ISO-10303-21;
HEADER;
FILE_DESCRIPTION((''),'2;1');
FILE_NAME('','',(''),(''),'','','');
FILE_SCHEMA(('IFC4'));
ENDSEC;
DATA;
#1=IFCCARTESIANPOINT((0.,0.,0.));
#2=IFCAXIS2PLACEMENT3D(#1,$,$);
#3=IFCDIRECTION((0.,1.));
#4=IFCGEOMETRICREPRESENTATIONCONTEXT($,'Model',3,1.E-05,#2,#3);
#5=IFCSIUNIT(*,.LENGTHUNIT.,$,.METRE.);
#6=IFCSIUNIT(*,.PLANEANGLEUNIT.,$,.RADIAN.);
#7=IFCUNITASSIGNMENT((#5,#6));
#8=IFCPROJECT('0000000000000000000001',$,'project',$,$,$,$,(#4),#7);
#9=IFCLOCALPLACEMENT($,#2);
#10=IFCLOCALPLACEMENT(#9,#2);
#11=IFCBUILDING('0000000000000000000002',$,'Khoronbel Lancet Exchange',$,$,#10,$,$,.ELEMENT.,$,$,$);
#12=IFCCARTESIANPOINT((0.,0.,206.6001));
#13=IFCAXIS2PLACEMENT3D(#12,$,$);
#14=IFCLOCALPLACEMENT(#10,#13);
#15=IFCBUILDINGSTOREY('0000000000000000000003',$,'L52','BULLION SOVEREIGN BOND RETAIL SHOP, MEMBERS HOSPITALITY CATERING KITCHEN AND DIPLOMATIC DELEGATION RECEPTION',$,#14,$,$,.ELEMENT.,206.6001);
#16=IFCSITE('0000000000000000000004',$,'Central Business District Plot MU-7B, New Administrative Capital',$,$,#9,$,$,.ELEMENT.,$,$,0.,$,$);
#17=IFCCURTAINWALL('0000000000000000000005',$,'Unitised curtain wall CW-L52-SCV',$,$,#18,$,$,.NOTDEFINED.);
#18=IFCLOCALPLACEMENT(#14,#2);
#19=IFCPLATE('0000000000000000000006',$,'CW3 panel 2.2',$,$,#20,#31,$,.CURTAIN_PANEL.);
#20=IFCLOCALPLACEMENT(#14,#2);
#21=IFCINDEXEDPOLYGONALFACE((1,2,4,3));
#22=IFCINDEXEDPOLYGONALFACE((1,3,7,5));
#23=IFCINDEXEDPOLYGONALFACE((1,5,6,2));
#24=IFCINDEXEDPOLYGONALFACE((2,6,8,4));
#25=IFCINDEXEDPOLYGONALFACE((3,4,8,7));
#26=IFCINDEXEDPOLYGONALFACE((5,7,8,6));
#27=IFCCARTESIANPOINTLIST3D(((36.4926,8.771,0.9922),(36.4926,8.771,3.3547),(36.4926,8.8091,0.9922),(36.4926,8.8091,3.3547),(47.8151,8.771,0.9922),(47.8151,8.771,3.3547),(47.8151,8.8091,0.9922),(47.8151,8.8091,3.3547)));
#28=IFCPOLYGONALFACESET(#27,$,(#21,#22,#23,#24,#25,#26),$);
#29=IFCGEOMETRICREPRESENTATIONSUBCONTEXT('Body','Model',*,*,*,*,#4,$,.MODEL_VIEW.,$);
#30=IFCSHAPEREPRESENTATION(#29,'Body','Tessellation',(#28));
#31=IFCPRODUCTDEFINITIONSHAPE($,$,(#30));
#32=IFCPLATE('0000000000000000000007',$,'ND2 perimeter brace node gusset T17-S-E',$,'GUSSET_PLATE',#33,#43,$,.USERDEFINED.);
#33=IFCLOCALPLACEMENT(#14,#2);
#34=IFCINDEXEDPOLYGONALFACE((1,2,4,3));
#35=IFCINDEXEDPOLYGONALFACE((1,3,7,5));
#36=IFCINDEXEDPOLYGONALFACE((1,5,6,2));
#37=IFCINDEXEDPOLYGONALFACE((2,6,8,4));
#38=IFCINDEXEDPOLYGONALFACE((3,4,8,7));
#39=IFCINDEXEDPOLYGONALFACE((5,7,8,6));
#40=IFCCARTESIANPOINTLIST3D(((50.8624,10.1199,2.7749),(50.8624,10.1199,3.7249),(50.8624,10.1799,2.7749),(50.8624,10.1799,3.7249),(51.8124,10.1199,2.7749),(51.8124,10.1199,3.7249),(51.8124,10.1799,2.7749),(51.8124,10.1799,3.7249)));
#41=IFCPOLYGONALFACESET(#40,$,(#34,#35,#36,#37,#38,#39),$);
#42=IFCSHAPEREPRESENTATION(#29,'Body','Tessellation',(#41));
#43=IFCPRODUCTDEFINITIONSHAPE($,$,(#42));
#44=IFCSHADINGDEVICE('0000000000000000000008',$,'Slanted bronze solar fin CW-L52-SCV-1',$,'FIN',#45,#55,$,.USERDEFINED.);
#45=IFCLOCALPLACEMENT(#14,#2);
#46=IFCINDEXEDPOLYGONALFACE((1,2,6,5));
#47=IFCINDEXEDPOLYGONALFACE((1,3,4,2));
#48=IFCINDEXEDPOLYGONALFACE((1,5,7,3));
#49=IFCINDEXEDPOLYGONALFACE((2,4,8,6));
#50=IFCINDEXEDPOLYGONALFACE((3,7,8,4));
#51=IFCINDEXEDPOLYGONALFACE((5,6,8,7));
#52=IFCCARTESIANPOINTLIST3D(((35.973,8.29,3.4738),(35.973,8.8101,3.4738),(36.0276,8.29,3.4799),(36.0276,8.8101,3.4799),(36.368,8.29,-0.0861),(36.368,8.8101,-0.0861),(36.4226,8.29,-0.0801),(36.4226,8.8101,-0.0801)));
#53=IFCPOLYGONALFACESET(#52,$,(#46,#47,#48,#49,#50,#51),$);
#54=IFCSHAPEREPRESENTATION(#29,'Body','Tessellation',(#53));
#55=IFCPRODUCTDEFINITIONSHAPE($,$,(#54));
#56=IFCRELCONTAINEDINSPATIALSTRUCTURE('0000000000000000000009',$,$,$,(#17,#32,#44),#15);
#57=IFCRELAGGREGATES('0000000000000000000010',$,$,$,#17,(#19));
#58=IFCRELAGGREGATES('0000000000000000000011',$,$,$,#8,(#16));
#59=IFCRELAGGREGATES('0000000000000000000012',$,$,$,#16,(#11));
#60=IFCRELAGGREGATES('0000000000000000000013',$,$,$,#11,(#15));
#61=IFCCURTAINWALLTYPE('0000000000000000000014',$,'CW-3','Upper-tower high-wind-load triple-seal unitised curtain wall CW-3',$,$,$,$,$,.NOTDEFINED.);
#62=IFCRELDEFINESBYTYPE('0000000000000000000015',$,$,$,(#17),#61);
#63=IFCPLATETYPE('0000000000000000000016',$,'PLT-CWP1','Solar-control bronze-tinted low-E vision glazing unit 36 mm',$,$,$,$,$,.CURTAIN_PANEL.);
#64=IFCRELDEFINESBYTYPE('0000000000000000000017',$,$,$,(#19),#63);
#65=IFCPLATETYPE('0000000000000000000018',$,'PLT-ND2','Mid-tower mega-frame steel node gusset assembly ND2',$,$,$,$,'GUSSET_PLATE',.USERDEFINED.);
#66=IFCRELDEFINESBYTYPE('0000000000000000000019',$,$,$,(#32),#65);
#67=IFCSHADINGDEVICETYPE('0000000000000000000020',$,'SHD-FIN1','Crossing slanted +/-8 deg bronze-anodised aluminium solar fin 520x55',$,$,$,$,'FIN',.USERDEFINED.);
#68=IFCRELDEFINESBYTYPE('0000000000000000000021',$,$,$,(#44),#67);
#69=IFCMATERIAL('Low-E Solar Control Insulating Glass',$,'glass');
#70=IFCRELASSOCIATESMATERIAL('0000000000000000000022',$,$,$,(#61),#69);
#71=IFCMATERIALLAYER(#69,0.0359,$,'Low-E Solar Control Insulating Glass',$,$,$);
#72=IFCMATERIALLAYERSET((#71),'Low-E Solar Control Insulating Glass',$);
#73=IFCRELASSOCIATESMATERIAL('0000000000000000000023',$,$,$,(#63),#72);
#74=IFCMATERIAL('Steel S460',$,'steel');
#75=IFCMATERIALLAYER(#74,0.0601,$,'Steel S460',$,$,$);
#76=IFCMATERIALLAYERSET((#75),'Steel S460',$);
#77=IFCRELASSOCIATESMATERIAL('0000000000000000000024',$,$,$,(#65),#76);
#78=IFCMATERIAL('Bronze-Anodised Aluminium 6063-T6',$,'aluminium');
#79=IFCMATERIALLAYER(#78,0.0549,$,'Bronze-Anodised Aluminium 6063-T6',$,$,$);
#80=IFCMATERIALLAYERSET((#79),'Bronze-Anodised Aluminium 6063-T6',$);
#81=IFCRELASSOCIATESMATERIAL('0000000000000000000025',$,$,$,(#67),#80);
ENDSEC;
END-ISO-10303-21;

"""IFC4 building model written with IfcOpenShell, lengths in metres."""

from ifc_helpers import new_model, si_unit, direction, frame, origin, origin_2d, place, context, subcontext, project, spatial, polyline, rectangle, outline, extrude, material, layer, layer_set, type_object, element, aggregate, save


model = new_model("IFC4")

# Units and contexts
model_context = context("Model", 3, precision=1e-05, world=origin(), true_north=direction((0.0, 1.0)))
body_context = subcontext(model_context, "Body", "Model", "MODEL_VIEW")
ifc_project = project(units=[si_unit("LENGTHUNIT", "METRE"), si_unit("PLANEANGLEUNIT", "RADIAN")], contexts=[model_context])

# Site, building, storey
site_placement = place(None, origin())
site = spatial("IfcSite", under=ifc_project, at=site_placement, Name="Central Business District Plot MU-7B, New Administrative Capital", CompositionType="ELEMENT", RefElevation=0.0)
building_placement = place(site_placement, origin())
building = spatial("IfcBuilding", under=site, at=building_placement, Name="Khoronbel Lancet Exchange", CompositionType="ELEMENT")
storey_placement = place(building_placement, frame((0.0, 0.0, 206.6001)))
storey = spatial("IfcBuildingStorey", under=building, at=storey_placement, Name="L52", Description="BULLION SOVEREIGN BOND RETAIL SHOP, MEMBERS HOSPITALITY CATERING KITCHEN AND DIPLOMATIC DELEGATION RECEPTION", CompositionType="ELEMENT", Elevation=206.6001)

# Shared definitions
ifc_material_1 = material(Name="Steel S460", Category="steel")

# Curtain wall
ifc_material_2 = material(Name="Low-E Solar Control Insulating Glass", Category="glass")
curtain_wall_type = type_object("IfcCurtainWallType", Name="CW-3", Description="Upper-tower high-wind-load triple-seal unitised curtain wall CW-3", PredefinedType="NOTDEFINED", material=ifc_material_2)
curtain_wall_1_placement = place(storey_placement, origin())
curtain_wall_1 = element("IfcCurtainWall", 1, at=curtain_wall_1_placement, inside=storey, type_object=curtain_wall_type, Name="Unitised curtain wall CW-L52-SCV", PredefinedType="NOTDEFINED")
ifc_material_3 = material(Name="Bronze-Anodised Aluminium 6063-T6", Category="aluminium")

# Plates
ifc_layer_1 = layer(ifc_material_2, 0.0359, Name="Low-E Solar Control Insulating Glass")
ifc_layer_set_1 = layer_set([ifc_layer_1], Name="Low-E Solar Control Insulating Glass")
plate_type_1 = type_object("IfcPlateType", Name="PLT-CWP1", Description="Solar-control bronze-tinted low-E vision glazing unit 36 mm", PredefinedType="CURTAIN_PANEL", material=ifc_layer_set_1)
plate_1_placement = place(storey_placement, frame((42.1538, 8.79, 0.9922), z_axis=(0.0, 0.0, 1.0), x_axis=(1.0, 0.0, 0.0)))
plate_1 = element("IfcPlate", 2, at=plate_1_placement, type_object=plate_type_1, Name="CW3 panel 2.2", PredefinedType="CURTAIN_PANEL", context=body_context, shape_type="SweptSolid", body=[
    extrude(rectangle(XDim=11.3225, YDim=0.0381, at=origin_2d()), origin(), (0.0, 0.0, 1.0), 2.3625),
])
aggregate(curtain_wall_1, [plate_1])
ifc_layer_2 = layer(ifc_material_1, 0.0601, Name="Steel S460")
ifc_layer_set_2 = layer_set([ifc_layer_2], Name="Steel S460")
plate_type_2 = type_object("IfcPlateType", Name="PLT-ND2", Description="Mid-tower mega-frame steel node gusset assembly ND2", ElementType="GUSSET_PLATE", PredefinedType="USERDEFINED", material=ifc_layer_set_2)
plate_2_placement = place(storey_placement, frame((51.3374, 10.1499, 2.7749), z_axis=(0.0, 0.0, 1.0), x_axis=(1.0, 0.0, 0.0)))
element("IfcPlate", 3, at=plate_2_placement, inside=storey, type_object=plate_type_2, Name="ND2 perimeter brace node gusset T17-S-E", ObjectType="GUSSET_PLATE", PredefinedType="USERDEFINED", context=body_context, shape_type="SweptSolid", body=[
    extrude(rectangle(XDim=0.95, YDim=0.0601, at=origin_2d()), origin(), (0.0, 0.0, 1.0), 0.95),
])

# Shading device
ifc_layer_3 = layer(ifc_material_3, 0.0549, Name="Bronze-Anodised Aluminium 6063-T6")
ifc_layer_set_3 = layer_set([ifc_layer_3], Name="Bronze-Anodised Aluminium 6063-T6")
shading_device_type = type_object("IfcShadingDeviceType", Name="SHD-FIN1", Description="Crossing slanted +/-8 deg bronze-anodised aluminium solar fin 520x55", ElementType="FIN", PredefinedType="USERDEFINED", material=ifc_layer_set_3)
shading_device_placement = place(storey_placement, frame((36.4226, 8.8101, -0.0801), z_axis=(0.9939, 0.0, 0.110282), x_axis=(0.0, -1.0, 0.0)))
element("IfcShadingDevice", 4, at=shading_device_placement, inside=storey, type_object=shading_device_type, Name="Slanted bronze solar fin CW-L52-SCV-1", ObjectType="FIN", PredefinedType="USERDEFINED", context=body_context, shape_type="SweptSolid", body=[
    extrude(outline(polyline([(0.0, 0.0), (0.52, 0.0), (0.52, -3.5818), (0.0, -3.5818), (0.0, 0.0)])), origin(), (0.0, 0.0, -1.0), 0.0549),
])

save(model, "model.ifc")
